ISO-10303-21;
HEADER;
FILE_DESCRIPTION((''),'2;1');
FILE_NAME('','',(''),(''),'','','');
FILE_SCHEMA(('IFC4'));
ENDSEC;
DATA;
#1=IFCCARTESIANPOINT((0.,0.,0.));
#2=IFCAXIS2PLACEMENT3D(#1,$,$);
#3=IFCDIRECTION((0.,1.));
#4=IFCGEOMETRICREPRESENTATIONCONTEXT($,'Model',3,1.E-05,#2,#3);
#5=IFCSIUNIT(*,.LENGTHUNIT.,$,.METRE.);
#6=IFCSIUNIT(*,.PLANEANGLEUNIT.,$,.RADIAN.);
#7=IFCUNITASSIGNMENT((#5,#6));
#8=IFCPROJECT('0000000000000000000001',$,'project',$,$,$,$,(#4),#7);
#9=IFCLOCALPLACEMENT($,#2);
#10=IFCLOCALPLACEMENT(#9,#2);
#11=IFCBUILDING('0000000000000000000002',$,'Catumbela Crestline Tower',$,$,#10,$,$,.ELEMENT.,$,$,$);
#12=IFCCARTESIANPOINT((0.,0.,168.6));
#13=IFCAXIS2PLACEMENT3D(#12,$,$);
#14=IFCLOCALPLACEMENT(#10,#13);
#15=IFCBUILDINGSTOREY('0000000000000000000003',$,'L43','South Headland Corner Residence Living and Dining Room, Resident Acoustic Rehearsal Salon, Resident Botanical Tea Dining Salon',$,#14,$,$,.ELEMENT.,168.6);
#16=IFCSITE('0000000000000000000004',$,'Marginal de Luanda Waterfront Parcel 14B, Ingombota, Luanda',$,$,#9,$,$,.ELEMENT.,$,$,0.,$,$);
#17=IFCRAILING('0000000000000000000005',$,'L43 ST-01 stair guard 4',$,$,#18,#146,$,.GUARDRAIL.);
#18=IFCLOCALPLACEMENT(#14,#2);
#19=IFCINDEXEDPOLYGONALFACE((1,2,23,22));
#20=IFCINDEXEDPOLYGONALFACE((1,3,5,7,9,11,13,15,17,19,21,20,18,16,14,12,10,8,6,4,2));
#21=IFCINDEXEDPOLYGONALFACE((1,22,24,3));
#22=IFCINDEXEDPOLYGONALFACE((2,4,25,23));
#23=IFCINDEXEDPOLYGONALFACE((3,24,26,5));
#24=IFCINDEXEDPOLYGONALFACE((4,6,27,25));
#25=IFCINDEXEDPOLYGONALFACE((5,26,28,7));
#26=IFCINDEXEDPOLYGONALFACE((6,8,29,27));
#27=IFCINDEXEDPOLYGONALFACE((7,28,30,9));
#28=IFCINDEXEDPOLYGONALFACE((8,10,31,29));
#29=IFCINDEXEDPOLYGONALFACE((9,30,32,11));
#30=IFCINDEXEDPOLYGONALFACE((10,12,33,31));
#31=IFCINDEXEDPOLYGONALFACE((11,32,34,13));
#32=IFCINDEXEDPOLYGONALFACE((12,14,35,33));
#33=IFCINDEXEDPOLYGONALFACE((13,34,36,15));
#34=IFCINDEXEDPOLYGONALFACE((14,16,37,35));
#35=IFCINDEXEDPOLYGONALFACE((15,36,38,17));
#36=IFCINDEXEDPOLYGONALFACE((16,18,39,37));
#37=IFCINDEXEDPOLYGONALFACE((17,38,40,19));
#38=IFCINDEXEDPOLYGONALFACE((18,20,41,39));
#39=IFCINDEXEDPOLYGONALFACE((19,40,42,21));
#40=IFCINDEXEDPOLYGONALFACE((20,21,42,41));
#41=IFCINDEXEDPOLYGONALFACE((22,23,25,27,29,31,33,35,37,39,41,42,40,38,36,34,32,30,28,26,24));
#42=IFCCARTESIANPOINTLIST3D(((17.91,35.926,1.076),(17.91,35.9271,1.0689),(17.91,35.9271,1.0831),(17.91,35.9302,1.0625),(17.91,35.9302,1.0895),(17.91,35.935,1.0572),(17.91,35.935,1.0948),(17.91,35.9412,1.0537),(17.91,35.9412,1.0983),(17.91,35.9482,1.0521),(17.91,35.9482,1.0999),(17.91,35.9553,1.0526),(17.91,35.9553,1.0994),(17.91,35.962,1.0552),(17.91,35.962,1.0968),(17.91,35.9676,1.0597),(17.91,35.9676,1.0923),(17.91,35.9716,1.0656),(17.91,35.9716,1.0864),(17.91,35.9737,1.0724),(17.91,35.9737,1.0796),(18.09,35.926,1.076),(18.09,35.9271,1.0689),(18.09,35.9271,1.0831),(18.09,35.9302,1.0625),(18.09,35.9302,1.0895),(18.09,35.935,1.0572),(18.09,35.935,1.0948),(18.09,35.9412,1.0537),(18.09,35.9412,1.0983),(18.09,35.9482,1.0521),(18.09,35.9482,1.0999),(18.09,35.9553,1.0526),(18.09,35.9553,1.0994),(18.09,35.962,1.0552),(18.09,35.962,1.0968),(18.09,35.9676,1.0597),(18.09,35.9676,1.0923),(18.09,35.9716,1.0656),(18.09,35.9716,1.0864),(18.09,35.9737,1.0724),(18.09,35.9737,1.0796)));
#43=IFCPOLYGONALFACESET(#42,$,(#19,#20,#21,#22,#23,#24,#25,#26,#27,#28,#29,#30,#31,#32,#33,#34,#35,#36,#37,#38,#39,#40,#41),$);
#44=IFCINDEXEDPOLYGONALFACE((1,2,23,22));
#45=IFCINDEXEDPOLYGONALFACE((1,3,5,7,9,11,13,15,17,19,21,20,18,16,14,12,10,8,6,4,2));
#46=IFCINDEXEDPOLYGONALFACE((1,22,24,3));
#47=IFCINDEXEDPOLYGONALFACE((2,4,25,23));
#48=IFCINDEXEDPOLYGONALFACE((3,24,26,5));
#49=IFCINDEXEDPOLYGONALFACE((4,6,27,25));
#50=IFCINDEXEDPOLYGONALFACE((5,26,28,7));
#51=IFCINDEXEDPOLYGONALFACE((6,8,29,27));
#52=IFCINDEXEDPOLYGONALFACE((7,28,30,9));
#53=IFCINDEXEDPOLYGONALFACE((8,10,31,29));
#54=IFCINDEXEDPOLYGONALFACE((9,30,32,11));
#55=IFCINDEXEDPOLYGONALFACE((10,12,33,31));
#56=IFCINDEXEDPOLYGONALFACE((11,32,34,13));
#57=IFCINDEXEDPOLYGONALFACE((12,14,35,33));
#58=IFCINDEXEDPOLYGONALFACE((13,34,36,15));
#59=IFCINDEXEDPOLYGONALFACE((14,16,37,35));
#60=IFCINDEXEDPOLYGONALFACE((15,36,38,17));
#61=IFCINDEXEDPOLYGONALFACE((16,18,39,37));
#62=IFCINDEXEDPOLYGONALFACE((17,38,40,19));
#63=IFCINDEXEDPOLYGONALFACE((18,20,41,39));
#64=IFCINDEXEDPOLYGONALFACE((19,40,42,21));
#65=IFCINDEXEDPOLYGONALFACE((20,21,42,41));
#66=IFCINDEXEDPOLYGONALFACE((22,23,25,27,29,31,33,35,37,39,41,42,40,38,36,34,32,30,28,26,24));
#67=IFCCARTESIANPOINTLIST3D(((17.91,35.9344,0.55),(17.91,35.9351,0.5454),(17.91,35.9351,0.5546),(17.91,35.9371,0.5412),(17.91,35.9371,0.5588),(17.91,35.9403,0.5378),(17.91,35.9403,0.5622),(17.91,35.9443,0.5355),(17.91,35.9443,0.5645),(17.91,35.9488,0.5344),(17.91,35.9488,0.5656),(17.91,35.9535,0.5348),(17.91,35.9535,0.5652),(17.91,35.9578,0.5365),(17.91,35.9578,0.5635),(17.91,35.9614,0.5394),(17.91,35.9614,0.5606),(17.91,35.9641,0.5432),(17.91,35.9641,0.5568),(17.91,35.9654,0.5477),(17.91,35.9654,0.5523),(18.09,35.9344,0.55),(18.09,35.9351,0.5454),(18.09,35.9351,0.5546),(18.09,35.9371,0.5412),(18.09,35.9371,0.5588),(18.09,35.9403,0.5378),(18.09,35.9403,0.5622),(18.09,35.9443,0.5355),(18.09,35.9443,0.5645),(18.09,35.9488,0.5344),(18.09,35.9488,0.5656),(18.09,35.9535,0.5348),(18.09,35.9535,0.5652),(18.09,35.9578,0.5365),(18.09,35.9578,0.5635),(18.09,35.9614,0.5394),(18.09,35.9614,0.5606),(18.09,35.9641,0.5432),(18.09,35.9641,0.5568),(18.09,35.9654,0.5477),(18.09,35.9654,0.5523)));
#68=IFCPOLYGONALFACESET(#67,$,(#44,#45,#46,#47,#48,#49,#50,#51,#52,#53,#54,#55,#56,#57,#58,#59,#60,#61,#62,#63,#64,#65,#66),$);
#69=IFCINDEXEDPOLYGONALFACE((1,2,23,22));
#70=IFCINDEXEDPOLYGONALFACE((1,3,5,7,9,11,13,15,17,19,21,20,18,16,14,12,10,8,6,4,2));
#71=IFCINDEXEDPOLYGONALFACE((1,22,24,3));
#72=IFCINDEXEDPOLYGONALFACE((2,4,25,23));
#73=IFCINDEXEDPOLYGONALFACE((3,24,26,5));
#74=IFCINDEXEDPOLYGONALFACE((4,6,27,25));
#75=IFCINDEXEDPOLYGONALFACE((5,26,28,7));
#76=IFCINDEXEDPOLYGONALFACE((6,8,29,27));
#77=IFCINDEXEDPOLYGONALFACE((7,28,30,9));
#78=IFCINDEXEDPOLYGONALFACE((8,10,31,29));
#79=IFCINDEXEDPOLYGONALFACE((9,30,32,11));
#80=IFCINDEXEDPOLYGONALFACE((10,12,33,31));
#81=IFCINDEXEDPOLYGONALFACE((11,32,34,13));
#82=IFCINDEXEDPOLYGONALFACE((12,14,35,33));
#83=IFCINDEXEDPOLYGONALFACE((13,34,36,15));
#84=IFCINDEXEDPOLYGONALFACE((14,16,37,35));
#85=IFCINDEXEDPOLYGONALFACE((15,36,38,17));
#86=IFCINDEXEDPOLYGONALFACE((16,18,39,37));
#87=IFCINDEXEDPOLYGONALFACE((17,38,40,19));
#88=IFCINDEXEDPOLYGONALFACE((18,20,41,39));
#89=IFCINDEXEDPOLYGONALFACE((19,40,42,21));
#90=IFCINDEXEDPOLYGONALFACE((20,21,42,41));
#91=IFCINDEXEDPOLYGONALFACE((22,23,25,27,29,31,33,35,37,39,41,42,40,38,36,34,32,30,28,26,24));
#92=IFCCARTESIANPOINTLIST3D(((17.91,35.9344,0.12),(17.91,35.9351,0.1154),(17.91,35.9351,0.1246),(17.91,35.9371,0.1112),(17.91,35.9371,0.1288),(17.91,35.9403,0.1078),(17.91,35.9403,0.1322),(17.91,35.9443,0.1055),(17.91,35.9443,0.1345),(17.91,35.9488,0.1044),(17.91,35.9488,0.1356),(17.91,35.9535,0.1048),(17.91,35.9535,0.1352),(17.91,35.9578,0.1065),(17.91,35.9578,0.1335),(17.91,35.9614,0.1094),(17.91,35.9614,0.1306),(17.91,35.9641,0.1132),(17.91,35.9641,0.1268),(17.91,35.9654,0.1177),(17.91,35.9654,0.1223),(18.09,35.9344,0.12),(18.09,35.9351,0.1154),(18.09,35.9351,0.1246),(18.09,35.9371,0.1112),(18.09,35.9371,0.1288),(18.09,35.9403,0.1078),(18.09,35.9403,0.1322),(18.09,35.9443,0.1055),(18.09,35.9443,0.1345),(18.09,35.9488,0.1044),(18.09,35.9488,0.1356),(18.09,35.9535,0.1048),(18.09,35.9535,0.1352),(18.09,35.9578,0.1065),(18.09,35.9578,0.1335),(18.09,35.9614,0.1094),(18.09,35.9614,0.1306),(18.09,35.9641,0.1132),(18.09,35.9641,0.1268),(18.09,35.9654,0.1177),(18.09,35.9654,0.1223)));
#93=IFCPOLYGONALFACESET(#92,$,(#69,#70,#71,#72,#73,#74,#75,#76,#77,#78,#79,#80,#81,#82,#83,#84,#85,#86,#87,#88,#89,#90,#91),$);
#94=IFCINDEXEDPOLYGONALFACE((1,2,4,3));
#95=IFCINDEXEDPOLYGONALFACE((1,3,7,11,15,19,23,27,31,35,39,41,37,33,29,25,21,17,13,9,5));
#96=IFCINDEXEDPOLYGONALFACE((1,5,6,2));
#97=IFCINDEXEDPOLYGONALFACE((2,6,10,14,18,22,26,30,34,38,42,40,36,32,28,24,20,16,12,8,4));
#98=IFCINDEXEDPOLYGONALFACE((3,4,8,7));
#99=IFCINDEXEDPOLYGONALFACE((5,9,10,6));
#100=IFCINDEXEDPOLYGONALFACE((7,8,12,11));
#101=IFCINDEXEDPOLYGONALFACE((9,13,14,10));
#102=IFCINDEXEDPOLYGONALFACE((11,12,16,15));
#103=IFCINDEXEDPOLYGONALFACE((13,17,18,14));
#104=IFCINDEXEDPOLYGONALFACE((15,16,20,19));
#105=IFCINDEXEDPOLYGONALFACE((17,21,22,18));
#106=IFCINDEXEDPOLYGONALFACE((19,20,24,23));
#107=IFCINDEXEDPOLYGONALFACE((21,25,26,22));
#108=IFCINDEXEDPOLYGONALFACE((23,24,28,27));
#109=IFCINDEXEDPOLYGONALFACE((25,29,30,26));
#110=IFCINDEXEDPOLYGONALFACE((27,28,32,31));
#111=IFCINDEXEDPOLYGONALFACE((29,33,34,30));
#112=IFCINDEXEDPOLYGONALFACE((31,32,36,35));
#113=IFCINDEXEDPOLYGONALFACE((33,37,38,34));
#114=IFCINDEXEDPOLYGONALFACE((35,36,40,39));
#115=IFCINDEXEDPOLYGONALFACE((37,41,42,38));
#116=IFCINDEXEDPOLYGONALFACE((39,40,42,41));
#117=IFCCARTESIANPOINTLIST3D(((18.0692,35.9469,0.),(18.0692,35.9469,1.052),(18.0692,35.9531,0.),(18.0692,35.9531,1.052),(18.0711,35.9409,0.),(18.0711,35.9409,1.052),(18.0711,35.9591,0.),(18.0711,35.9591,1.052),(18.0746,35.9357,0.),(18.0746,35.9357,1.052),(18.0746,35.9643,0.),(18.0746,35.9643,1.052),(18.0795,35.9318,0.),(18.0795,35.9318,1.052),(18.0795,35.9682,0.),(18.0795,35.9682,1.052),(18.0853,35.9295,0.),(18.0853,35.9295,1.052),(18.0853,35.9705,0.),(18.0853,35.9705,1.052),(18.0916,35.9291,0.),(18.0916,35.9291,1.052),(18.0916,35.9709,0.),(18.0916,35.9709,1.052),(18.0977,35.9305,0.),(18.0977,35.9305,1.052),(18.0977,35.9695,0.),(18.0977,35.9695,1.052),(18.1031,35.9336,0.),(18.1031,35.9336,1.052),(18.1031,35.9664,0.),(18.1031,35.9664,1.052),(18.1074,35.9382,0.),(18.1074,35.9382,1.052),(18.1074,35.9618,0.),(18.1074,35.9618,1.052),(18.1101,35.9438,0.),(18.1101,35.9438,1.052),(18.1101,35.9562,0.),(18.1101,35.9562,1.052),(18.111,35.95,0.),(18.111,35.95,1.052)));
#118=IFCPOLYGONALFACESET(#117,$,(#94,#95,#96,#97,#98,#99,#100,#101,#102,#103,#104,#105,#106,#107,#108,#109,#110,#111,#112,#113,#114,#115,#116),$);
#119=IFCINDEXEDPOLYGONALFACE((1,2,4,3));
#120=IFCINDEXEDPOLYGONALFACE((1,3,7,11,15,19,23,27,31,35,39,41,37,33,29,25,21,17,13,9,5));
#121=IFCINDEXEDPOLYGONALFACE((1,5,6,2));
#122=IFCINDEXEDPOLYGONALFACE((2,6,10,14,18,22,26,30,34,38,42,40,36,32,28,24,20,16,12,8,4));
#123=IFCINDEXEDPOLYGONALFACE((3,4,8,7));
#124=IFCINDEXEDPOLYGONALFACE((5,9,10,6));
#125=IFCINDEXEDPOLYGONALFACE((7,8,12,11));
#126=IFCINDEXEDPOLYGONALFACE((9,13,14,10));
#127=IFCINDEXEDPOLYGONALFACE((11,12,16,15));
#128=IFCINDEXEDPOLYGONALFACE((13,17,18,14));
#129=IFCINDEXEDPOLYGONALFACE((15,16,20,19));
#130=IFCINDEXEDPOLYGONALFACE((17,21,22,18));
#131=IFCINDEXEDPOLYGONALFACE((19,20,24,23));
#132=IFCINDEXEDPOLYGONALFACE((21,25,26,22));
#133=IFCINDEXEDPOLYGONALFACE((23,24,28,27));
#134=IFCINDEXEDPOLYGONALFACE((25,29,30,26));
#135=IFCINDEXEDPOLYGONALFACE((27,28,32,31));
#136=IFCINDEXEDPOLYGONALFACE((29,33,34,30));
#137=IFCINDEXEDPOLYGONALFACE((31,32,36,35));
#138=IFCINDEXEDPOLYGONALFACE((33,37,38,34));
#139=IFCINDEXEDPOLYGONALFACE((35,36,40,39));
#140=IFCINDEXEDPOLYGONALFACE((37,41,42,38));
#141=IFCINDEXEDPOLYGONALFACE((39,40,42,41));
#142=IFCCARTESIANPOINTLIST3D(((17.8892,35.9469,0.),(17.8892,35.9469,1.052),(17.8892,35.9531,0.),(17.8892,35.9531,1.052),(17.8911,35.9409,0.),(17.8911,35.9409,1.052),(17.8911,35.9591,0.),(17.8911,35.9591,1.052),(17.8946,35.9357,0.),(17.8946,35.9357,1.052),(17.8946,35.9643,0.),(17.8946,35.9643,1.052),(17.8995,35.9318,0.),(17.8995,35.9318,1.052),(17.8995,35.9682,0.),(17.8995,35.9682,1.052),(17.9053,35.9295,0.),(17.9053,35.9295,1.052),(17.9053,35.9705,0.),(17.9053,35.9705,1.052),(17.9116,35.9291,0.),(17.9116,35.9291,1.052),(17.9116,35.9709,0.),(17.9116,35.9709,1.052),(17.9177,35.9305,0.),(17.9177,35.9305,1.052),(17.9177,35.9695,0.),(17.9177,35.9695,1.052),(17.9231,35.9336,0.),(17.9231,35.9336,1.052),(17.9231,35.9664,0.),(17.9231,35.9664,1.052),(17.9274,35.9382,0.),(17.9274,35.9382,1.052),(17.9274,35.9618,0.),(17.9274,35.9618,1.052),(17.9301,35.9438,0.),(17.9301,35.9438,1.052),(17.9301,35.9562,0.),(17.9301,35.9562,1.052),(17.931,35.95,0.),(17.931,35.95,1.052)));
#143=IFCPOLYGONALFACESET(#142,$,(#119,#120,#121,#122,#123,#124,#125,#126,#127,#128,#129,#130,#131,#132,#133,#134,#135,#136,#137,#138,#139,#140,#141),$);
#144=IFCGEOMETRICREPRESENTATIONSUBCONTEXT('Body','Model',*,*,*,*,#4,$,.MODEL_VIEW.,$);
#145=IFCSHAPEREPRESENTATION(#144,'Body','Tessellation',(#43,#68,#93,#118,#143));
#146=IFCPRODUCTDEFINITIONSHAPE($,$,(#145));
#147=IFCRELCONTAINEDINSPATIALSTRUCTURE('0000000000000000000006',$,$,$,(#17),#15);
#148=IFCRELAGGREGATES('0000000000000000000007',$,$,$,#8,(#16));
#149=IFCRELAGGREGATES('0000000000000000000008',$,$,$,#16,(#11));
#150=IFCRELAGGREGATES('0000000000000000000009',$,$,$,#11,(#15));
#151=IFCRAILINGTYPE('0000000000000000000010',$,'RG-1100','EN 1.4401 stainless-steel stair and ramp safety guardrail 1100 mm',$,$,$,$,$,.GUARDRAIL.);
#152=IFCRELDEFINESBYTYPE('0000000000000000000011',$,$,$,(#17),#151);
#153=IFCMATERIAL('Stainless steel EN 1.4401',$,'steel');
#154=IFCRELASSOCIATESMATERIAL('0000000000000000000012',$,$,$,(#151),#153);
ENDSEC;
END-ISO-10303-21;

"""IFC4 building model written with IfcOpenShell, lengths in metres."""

from ifc_helpers import new_model, si_unit, direction, frame, origin, origin_2d, place, context, subcontext, project, spatial, circle, extrude, material, type_object, element, save


model = new_model("IFC4")

# Units and contexts
model_context = context("Model", 3, precision=1e-05, world=origin(), true_north=direction((0.0, 1.0)))
body_context = subcontext(model_context, "Body", "Model", "MODEL_VIEW")
ifc_project = project(units=[si_unit("LENGTHUNIT", "METRE"), si_unit("PLANEANGLEUNIT", "RADIAN")], contexts=[model_context])

# Site, building, storey
site_placement = place(None, origin())
site = spatial("IfcSite", under=ifc_project, at=site_placement, Name="Marginal de Luanda Waterfront Parcel 14B, Ingombota, Luanda", CompositionType="ELEMENT", RefElevation=0.0)
building_placement = place(site_placement, origin())
building = spatial("IfcBuilding", under=site, at=building_placement, Name="Catumbela Crestline Tower", CompositionType="ELEMENT")
storey_placement = place(building_placement, frame((0.0, 0.0, 168.6)))
storey = spatial("IfcBuildingStorey", under=building, at=storey_placement, Name="L43", Description="South Headland Corner Residence Living and Dining Room, Resident Acoustic Rehearsal Salon, Resident Botanical Tea Dining Salon", CompositionType="ELEMENT", Elevation=168.6)

# Shared definitions
ifc_material_1 = material(Name="Stainless steel EN 1.4401", Category="steel")

# Railing
railing_type_1 = type_object("IfcRailingType", Name="RG-1100", Description="EN 1.4401 stainless-steel stair and ramp safety guardrail 1100 mm", PredefinedType="GUARDRAIL", material=ifc_material_1)
railing_1_placement = place(storey_placement, frame((18.09, 35.95, 0.0)))
element("IfcRailing", 1, at=railing_1_placement, inside=storey, type_object=railing_type_1, Name="L43 ST-01 stair guard 4", PredefinedType="GUARDRAIL", context=body_context, shape_type="SweptSolid", body=[
    extrude(circle(Radius=0.024, at=origin_2d()), frame((0.0, 0.0, 1.076), z_axis=(-1.0, 0.0, 0.0), x_axis=(0.0, -1.0, 0.0)), (0.0, 0.0, 1.0), 0.18),
    extrude(circle(Radius=0.0156, at=origin_2d()), frame((0.0, 0.0, 0.55), z_axis=(-1.0, 0.0, 0.0), x_axis=(0.0, -1.0, 0.0)), (0.0, 0.0, 1.0), 0.18),
    extrude(circle(Radius=0.0156, at=origin_2d()), frame((0.0, 0.0, 0.12), z_axis=(-1.0, 0.0, 0.0), x_axis=(0.0, -1.0, 0.0)), (0.0, 0.0, 1.0), 0.18),
    extrude(circle(Radius=0.021, at=origin_2d()), origin(), (0.0, 0.0, 1.0), 1.052),
    extrude(circle(Radius=0.021, at=origin_2d()), frame((-0.18, 0.0, 0.0)), (0.0, 0.0, 1.0), 1.052),
])

save(model, "model.ifc")
